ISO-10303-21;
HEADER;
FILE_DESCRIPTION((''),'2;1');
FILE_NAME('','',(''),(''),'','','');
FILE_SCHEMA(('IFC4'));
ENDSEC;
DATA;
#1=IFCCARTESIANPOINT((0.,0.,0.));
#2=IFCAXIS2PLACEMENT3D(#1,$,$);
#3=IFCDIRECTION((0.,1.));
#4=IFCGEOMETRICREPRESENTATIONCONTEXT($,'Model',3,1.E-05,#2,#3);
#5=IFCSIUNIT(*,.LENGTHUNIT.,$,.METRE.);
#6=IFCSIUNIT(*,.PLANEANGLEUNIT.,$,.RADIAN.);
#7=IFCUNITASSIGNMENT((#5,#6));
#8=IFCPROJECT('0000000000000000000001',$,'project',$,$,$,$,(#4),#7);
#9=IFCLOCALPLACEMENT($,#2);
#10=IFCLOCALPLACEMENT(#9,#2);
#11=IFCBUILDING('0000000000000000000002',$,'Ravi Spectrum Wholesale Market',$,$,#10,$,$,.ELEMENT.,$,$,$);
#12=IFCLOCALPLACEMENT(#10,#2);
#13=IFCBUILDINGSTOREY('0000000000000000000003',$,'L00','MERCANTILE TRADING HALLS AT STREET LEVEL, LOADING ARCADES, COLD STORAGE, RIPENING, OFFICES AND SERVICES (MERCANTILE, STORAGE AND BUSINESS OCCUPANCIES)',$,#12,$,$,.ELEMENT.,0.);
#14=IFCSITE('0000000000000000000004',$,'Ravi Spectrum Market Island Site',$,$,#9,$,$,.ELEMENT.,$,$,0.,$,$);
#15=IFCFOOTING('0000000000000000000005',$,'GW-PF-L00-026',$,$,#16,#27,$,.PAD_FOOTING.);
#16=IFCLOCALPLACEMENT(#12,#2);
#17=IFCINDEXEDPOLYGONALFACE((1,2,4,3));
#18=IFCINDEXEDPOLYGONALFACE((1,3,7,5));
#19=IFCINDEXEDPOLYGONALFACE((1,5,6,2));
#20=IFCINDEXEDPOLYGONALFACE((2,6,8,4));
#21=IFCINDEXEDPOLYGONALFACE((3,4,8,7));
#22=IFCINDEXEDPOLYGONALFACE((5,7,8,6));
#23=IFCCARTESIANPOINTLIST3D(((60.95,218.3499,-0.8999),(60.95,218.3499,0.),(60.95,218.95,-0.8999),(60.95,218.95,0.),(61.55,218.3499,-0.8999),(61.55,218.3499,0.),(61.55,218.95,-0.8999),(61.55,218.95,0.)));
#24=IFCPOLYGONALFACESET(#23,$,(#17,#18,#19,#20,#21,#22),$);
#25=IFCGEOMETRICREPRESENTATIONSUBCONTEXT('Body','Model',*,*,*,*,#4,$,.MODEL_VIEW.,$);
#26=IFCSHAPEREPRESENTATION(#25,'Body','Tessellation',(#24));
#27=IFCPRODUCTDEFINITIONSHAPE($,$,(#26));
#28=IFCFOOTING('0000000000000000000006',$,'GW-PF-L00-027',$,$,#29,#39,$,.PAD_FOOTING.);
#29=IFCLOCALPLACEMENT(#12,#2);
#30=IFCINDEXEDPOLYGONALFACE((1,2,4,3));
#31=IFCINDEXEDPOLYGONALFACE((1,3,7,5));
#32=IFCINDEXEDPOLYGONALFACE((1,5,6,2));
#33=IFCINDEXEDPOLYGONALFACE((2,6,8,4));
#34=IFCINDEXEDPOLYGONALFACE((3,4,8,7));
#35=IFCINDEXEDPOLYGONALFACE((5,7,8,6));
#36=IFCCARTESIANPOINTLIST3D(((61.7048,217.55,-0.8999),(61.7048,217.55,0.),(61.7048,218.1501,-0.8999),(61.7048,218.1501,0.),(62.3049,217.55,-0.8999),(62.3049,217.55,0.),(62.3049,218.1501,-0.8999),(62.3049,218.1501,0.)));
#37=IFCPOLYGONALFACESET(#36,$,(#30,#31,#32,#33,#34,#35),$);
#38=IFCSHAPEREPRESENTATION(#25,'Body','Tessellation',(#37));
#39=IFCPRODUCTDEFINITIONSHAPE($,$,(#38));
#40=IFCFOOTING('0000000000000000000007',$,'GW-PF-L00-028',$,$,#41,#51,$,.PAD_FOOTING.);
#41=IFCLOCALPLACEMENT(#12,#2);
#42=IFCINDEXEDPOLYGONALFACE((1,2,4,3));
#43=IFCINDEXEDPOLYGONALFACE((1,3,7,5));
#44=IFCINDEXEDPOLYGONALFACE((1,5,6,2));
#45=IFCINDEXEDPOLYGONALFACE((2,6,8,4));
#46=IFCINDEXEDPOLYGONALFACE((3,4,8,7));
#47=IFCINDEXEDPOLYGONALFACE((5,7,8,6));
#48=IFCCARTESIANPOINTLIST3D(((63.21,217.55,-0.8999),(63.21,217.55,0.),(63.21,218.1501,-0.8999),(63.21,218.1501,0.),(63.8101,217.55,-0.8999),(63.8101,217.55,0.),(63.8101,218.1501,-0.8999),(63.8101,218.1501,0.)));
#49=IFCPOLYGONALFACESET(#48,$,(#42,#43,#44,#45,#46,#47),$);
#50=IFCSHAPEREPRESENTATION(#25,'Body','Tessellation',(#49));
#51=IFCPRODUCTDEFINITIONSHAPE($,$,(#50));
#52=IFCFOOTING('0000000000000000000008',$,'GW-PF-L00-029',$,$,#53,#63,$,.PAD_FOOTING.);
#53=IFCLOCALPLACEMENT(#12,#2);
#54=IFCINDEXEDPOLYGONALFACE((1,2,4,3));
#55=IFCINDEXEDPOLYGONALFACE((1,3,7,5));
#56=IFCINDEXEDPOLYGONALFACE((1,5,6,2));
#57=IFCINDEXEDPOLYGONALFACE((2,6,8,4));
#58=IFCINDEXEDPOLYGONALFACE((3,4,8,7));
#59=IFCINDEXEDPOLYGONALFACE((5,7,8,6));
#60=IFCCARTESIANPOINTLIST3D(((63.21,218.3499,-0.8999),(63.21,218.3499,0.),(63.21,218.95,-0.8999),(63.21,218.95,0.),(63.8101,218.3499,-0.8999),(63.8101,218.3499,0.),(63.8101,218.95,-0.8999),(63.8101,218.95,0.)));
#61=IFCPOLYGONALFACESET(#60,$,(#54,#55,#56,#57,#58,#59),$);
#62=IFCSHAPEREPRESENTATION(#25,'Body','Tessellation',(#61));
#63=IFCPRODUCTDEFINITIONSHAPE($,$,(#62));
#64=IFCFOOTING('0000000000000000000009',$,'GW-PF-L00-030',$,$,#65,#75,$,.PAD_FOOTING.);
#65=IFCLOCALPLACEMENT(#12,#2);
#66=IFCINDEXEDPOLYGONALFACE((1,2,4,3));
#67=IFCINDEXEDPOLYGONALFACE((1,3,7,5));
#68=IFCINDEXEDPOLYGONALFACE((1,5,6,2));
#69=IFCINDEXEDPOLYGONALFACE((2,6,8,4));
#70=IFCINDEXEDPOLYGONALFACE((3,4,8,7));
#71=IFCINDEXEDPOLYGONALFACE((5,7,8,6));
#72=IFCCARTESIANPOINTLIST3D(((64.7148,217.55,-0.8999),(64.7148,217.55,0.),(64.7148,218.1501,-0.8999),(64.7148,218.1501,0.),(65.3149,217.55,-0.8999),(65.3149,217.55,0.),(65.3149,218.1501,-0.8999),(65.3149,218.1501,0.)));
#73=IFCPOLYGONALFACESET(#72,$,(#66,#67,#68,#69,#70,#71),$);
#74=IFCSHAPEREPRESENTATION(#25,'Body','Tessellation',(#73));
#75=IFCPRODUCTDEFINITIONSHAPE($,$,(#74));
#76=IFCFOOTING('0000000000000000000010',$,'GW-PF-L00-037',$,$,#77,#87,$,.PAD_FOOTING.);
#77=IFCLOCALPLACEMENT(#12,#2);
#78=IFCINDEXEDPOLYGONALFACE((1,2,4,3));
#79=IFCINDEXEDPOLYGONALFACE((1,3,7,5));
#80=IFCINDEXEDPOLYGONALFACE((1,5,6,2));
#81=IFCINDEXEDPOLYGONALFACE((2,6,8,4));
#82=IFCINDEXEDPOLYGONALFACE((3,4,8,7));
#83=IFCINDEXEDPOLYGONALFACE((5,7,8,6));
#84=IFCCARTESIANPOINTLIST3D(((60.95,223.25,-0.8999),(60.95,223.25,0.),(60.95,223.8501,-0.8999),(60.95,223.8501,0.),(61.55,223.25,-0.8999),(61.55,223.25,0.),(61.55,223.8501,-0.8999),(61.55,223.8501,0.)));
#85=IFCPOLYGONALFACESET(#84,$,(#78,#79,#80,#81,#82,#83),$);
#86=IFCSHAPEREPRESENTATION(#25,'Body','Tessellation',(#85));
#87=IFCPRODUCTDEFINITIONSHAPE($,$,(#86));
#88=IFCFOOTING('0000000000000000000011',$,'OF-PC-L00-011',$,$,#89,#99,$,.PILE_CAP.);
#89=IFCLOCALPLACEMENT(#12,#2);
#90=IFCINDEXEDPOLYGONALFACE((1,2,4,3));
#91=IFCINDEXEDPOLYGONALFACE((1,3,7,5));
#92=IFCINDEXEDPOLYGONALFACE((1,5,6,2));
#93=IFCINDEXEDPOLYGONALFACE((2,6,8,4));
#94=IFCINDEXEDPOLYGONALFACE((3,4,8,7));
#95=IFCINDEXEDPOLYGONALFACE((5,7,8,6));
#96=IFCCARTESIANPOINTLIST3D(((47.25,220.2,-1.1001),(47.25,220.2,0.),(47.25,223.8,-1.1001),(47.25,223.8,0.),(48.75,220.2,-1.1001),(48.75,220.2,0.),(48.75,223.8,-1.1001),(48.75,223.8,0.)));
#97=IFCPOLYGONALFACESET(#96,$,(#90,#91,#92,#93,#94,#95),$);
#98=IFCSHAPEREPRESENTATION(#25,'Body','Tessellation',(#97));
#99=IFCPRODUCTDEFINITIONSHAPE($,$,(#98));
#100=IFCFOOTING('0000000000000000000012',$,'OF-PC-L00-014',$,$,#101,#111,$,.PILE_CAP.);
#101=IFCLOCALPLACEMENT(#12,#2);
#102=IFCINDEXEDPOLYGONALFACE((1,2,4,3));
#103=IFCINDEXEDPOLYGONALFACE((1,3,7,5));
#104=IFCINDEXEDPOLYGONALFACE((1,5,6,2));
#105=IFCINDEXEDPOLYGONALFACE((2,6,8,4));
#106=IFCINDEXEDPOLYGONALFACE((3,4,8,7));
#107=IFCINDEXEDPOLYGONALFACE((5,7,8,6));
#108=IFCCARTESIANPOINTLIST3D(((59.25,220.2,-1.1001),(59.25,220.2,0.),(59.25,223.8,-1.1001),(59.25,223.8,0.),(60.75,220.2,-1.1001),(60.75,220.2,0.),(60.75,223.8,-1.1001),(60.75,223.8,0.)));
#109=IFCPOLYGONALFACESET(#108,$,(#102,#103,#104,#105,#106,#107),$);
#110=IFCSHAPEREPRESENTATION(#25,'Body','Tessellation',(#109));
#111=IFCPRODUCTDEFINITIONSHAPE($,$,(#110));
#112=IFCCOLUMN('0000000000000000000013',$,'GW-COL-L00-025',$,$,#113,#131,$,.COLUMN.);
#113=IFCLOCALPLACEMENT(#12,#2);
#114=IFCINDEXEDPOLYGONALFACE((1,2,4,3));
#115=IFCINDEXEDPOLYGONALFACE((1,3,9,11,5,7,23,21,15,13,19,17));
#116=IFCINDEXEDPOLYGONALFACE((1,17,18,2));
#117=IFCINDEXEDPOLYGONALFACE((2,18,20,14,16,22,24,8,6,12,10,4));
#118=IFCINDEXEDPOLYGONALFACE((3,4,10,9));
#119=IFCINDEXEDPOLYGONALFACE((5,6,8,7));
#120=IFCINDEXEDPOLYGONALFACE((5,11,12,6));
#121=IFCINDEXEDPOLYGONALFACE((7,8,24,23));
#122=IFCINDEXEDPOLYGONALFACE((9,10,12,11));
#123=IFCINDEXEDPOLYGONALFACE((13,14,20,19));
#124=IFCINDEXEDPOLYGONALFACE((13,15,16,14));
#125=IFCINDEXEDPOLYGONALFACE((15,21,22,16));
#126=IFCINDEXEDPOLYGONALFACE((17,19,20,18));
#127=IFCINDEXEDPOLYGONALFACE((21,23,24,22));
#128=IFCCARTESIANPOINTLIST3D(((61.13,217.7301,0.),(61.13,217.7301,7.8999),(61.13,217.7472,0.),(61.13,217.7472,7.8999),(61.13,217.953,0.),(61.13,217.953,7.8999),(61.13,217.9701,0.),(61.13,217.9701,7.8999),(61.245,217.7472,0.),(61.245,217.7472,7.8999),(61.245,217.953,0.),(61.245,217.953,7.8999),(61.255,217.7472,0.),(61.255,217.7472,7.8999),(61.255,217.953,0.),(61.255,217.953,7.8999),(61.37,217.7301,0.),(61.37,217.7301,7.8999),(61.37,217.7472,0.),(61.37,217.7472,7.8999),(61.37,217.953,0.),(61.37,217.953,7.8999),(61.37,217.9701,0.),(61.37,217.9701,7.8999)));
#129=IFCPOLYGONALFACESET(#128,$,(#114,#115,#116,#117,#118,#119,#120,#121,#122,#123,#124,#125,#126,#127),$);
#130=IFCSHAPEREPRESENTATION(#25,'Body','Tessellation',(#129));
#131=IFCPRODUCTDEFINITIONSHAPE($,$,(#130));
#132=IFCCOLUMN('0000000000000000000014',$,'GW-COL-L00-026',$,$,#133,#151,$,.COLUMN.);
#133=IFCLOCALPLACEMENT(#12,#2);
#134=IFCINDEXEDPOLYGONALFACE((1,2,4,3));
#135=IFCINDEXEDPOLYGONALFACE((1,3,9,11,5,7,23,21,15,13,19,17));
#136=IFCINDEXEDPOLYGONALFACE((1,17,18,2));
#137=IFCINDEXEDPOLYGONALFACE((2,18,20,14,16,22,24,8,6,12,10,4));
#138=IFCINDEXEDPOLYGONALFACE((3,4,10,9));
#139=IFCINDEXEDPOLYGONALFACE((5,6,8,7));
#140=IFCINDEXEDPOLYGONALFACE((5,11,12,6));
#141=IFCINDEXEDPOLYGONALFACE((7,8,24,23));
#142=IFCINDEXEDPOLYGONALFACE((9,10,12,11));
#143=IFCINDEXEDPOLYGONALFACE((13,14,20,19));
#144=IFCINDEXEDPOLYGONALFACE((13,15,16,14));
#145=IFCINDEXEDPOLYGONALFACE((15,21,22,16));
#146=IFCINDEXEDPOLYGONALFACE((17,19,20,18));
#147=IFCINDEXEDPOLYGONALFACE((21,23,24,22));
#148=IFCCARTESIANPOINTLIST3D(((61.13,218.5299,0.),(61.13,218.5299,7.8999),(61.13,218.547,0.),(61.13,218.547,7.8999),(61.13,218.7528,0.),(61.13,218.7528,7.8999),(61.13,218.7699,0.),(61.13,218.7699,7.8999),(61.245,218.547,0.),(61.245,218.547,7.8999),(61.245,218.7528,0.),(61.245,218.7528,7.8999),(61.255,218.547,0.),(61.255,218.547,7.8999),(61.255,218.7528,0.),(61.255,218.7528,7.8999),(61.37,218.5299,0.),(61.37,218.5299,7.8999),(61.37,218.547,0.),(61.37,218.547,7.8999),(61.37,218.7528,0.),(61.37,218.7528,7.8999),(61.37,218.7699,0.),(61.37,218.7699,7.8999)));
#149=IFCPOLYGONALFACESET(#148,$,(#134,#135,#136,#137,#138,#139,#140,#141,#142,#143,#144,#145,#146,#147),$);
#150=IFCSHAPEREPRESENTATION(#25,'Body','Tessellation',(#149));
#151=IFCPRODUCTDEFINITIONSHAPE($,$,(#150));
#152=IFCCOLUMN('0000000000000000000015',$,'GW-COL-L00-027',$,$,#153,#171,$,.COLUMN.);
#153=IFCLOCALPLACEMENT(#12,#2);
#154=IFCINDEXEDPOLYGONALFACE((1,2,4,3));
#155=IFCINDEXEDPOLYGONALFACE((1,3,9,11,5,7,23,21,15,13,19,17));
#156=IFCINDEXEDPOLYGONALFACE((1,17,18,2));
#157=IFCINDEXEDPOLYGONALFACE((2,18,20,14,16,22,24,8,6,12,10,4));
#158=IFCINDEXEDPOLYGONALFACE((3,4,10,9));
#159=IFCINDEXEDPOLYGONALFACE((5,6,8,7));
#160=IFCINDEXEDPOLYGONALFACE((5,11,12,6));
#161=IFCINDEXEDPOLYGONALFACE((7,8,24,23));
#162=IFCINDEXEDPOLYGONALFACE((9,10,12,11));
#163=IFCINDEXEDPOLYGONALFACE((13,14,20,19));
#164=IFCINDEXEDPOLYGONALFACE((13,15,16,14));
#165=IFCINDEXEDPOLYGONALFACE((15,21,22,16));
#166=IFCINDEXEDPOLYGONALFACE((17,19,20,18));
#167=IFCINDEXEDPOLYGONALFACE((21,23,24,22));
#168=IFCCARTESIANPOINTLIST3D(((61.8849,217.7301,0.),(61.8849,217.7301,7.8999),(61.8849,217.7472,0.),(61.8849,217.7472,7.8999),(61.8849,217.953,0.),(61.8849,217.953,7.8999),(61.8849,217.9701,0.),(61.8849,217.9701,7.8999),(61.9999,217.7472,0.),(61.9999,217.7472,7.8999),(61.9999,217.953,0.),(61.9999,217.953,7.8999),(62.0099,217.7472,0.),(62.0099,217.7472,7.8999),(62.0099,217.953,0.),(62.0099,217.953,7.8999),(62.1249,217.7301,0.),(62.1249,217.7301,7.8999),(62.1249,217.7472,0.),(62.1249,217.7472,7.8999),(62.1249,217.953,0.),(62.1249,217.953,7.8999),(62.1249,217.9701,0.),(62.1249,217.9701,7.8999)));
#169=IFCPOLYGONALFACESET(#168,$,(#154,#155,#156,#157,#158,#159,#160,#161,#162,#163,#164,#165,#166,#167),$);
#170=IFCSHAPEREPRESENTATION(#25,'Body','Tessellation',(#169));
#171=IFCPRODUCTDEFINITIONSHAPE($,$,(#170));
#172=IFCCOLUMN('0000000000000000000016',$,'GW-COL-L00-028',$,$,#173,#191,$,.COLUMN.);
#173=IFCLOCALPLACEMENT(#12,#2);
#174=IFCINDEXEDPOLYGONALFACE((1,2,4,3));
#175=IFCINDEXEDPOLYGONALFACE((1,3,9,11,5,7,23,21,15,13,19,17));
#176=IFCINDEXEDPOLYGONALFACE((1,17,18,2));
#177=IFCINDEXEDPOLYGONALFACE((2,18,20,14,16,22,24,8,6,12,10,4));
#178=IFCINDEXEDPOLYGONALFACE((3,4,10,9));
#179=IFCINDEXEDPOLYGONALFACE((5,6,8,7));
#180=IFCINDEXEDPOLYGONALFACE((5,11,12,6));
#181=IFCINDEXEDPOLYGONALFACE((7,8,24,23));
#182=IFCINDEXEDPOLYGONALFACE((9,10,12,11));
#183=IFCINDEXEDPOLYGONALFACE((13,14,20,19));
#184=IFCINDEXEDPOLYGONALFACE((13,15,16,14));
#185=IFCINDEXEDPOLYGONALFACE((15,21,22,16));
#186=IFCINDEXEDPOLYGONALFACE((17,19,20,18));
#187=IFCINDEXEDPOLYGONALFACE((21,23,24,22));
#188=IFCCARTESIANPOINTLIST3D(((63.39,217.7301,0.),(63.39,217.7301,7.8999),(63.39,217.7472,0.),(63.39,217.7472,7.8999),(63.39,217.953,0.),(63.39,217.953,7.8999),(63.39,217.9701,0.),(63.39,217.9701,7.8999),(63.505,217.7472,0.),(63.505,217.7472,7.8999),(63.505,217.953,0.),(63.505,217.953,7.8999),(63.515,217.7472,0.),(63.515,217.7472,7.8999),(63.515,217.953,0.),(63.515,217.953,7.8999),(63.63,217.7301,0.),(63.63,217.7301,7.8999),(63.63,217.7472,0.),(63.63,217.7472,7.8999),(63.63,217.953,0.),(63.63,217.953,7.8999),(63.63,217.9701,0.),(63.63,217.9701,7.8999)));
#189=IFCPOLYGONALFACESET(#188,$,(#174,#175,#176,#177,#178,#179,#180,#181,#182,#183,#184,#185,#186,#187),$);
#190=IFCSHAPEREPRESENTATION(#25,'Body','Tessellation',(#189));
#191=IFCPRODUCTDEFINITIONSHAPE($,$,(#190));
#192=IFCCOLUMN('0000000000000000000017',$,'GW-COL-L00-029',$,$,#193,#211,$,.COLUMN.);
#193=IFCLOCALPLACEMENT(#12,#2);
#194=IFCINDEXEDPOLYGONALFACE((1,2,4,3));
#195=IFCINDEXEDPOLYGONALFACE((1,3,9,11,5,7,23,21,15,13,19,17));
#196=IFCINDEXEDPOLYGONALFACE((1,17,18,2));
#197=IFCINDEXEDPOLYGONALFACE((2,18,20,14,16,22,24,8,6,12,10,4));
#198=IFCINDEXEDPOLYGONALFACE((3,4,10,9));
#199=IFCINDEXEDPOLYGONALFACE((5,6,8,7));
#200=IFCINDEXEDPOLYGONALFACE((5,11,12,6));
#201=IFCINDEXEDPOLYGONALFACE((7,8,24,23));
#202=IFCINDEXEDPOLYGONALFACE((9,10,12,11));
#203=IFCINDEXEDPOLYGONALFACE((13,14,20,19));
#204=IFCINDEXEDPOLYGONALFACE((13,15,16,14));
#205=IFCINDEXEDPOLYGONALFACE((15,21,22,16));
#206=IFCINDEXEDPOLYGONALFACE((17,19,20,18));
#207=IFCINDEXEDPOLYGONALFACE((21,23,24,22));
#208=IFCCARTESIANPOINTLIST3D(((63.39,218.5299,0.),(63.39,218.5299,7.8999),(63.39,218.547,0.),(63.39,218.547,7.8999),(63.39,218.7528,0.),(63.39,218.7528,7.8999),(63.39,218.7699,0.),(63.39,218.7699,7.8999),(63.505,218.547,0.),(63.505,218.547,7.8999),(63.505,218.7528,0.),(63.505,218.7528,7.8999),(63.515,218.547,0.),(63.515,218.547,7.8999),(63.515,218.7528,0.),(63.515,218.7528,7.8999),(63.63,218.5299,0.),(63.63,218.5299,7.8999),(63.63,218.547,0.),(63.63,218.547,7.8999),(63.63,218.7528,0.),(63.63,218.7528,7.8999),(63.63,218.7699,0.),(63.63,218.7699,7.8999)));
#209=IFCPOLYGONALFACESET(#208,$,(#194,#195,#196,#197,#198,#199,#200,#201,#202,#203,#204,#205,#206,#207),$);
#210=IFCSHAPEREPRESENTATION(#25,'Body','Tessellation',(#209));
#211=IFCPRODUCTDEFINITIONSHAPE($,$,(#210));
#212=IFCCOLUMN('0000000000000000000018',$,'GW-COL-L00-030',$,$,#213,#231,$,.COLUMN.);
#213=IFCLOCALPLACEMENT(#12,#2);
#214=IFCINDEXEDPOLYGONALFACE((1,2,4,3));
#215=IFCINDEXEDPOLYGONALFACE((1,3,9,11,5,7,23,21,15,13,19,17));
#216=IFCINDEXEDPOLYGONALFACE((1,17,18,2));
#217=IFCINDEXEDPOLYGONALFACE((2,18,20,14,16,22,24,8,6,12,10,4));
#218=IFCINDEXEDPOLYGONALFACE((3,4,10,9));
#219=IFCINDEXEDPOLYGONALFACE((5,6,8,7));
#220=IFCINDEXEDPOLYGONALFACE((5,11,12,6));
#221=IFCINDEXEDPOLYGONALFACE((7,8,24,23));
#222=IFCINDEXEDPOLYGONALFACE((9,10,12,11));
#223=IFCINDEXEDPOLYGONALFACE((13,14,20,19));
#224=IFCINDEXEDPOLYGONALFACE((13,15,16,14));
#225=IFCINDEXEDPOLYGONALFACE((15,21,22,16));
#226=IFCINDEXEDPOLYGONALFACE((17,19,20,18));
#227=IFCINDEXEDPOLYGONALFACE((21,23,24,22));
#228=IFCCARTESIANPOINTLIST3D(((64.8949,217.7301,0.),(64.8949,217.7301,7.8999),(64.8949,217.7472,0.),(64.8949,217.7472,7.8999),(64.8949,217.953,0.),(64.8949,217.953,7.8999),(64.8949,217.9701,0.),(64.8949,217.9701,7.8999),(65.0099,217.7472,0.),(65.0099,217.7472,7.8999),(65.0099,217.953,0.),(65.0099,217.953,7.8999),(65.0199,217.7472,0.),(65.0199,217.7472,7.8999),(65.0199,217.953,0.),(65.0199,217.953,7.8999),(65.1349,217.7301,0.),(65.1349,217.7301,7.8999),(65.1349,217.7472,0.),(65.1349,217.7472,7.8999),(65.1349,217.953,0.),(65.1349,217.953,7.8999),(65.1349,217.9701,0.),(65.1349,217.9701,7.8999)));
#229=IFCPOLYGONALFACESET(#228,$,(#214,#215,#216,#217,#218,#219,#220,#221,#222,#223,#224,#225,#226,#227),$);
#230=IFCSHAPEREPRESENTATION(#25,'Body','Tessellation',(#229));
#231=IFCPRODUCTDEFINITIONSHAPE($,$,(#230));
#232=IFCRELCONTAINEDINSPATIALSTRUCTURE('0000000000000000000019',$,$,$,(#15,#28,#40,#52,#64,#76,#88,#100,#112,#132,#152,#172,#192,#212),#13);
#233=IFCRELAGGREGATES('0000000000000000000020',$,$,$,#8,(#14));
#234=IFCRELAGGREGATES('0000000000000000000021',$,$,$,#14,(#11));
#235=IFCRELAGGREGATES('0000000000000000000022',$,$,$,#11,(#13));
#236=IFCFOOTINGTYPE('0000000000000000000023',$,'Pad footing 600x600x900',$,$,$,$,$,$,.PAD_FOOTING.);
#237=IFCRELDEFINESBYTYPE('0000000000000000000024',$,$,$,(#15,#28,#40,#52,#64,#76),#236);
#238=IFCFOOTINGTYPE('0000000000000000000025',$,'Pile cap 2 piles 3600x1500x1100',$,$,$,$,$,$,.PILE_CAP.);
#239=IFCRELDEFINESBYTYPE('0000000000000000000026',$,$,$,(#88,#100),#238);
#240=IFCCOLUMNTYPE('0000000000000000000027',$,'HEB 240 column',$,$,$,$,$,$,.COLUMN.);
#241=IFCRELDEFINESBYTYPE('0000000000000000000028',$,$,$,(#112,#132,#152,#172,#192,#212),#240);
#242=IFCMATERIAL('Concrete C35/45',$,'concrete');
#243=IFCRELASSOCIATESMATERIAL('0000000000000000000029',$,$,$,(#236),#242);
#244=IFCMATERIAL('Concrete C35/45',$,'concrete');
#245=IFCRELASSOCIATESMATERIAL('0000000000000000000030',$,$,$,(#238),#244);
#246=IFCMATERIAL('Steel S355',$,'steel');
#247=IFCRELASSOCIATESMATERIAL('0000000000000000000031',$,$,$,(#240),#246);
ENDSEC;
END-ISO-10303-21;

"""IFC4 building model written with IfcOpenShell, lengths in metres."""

from ifc_helpers import new_model, si_unit, direction, frame, origin, origin_2d, place, context, subcontext, project, spatial, rectangle, i_section, extrude, material, material_profile, profile_set, type_object, element, save


model = new_model("IFC4")

# Units and contexts
model_context = context("Model", 3, precision=1e-05, world=origin(), true_north=direction((0.0, 1.0)))
body_context = subcontext(model_context, "Body", "Model", "MODEL_VIEW")
ifc_project = project(units=[si_unit("LENGTHUNIT", "METRE"), si_unit("PLANEANGLEUNIT", "RADIAN")], contexts=[model_context])

# Site, building, storey
site_placement = place(None, origin())
site = spatial("IfcSite", under=ifc_project, at=site_placement, Name="Ravi Spectrum Market Island Site", CompositionType="ELEMENT", RefElevation=0.0)
building_placement = place(site_placement, origin())
building = spatial("IfcBuilding", under=site, at=building_placement, Name="Ravi Spectrum Wholesale Market", CompositionType="ELEMENT")
storey_placement = place(building_placement, origin())
storey = spatial("IfcBuildingStorey", under=building, at=storey_placement, Name="L00", Description="MERCANTILE TRADING HALLS AT STREET LEVEL, LOADING ARCADES, COLD STORAGE, RIPENING, OFFICES AND SERVICES (MERCANTILE, STORAGE AND BUSINESS OCCUPANCIES)", CompositionType="ELEMENT", Elevation=0.0)

# Footings
ifc_material_1 = material(Name="Concrete C35/45", Category="concrete")
footing_type_1 = type_object("IfcFootingType", Name="Pad footing 600x600x900", PredefinedType="PAD_FOOTING", material=ifc_material_1)
for number, where, z_axis, x_axis, name in (
    (1, (61.25, 218.6499, -0.8999), (0.0, 0.0, 1.0), (1.0, 0.0, 0.0), "GW-PF-L00-026"),
    (2, (62.0049, 217.8501, -0.8999), (0.0, 0.0, 1.0), (1.0, 0.0, 0.0), "GW-PF-L00-027"),
    (3, (63.51, 217.8501, -0.8999), (0.0, 0.0, 1.0), (1.0, 0.0, 0.0), "GW-PF-L00-028"),
    (4, (63.51, 218.6499, -0.8999), (0.0, 0.0, 1.0), (1.0, 0.0, 0.0), "GW-PF-L00-029"),
    (5, (65.0149, 217.8501, -0.8999), (0.0, 0.0, 1.0), (1.0, 0.0, 0.0), "GW-PF-L00-030"),
    (6, (61.25, 223.55, -0.8999), (0.0, 0.0, 1.0), (1.0, 0.0, 0.0), "GW-PF-L00-037"),
):
    element("IfcFooting", number, at=place(storey_placement, frame(where, z_axis=z_axis, x_axis=x_axis)), inside=storey, type_object=footing_type_1, Name=name, PredefinedType="PAD_FOOTING", context=body_context, shape_type="SweptSolid", body=[
        extrude(rectangle(XDim=0.6001, YDim=0.6001, at=origin_2d()), origin(), (0.0, 0.0, 1.0), 0.8999),
    ])
ifc_material_2 = material(Name="Concrete C35/45", Category="concrete")
footing_type_2 = type_object("IfcFootingType", Name="Pile cap 2 piles 3600x1500x1100", PredefinedType="PILE_CAP", material=ifc_material_2)
for number, where, z_axis, x_axis, name in (
    (7, (48.0, 222.0, -1.1001), (0.0, 0.0, 1.0), (0.0, 1.0, 0.0), "OF-PC-L00-011"),
    (8, (60.0, 222.0, -1.1001), (0.0, 0.0, 1.0), (0.0, 1.0, 0.0), "OF-PC-L00-014"),
):
    element("IfcFooting", number, at=place(storey_placement, frame(where, z_axis=z_axis, x_axis=x_axis)), inside=storey, type_object=footing_type_2, Name=name, PredefinedType="PILE_CAP", context=body_context, shape_type="SweptSolid", body=[
        extrude(rectangle(XDim=3.6001, YDim=1.5, at=origin_2d()), origin(), (0.0, 0.0, 1.0), 1.1001),
    ])

# Columns
ifc_material_3 = material(Name="Steel S355", Category="steel")
ifc_material_profile_1 = material_profile(ifc_material_3, i_section(OverallWidth=0.24, OverallDepth=0.24, WebThickness=0.01, FlangeThickness=0.0171, at=origin_2d()))
ifc_profile_set_1 = profile_set([ifc_material_profile_1], Name="Steel S355")
column_type_1 = type_object("IfcColumnType", Name="HEB 240 column", PredefinedType="COLUMN", material=ifc_profile_set_1)
for number, where, z_axis, x_axis, name in (
    (9, (61.25, 217.8501, 0.0), (0.0, 0.0, 1.0), (1.0, 0.0, 0.0), "GW-COL-L00-025"),
    (10, (61.25, 218.6499, 0.0), (0.0, 0.0, 1.0), (1.0, 0.0, 0.0), "GW-COL-L00-026"),
    (11, (62.0049, 217.8501, 0.0), (0.0, 0.0, 1.0), (1.0, 0.0, 0.0), "GW-COL-L00-027"),
    (12, (63.51, 217.8501, 0.0), (0.0, 0.0, 1.0), (1.0, 0.0, 0.0), "GW-COL-L00-028"),
    (13, (63.51, 218.6499, 0.0), (0.0, 0.0, 1.0), (1.0, 0.0, 0.0), "GW-COL-L00-029"),
    (14, (65.0149, 217.8501, 0.0), (0.0, 0.0, 1.0), (1.0, 0.0, 0.0), "GW-COL-L00-030"),
):
    element("IfcColumn", number, at=place(storey_placement, frame(where, z_axis=z_axis, x_axis=x_axis)), inside=storey, type_object=column_type_1, Name=name, PredefinedType="COLUMN", context=body_context, shape_type="SweptSolid", body=[
        extrude(i_section(OverallWidth=0.24, OverallDepth=0.24, WebThickness=0.01, FlangeThickness=0.0171, at=origin_2d()), origin(), (0.0, 0.0, 1.0), 7.8999),
    ])

save(model, "model.ifc")
